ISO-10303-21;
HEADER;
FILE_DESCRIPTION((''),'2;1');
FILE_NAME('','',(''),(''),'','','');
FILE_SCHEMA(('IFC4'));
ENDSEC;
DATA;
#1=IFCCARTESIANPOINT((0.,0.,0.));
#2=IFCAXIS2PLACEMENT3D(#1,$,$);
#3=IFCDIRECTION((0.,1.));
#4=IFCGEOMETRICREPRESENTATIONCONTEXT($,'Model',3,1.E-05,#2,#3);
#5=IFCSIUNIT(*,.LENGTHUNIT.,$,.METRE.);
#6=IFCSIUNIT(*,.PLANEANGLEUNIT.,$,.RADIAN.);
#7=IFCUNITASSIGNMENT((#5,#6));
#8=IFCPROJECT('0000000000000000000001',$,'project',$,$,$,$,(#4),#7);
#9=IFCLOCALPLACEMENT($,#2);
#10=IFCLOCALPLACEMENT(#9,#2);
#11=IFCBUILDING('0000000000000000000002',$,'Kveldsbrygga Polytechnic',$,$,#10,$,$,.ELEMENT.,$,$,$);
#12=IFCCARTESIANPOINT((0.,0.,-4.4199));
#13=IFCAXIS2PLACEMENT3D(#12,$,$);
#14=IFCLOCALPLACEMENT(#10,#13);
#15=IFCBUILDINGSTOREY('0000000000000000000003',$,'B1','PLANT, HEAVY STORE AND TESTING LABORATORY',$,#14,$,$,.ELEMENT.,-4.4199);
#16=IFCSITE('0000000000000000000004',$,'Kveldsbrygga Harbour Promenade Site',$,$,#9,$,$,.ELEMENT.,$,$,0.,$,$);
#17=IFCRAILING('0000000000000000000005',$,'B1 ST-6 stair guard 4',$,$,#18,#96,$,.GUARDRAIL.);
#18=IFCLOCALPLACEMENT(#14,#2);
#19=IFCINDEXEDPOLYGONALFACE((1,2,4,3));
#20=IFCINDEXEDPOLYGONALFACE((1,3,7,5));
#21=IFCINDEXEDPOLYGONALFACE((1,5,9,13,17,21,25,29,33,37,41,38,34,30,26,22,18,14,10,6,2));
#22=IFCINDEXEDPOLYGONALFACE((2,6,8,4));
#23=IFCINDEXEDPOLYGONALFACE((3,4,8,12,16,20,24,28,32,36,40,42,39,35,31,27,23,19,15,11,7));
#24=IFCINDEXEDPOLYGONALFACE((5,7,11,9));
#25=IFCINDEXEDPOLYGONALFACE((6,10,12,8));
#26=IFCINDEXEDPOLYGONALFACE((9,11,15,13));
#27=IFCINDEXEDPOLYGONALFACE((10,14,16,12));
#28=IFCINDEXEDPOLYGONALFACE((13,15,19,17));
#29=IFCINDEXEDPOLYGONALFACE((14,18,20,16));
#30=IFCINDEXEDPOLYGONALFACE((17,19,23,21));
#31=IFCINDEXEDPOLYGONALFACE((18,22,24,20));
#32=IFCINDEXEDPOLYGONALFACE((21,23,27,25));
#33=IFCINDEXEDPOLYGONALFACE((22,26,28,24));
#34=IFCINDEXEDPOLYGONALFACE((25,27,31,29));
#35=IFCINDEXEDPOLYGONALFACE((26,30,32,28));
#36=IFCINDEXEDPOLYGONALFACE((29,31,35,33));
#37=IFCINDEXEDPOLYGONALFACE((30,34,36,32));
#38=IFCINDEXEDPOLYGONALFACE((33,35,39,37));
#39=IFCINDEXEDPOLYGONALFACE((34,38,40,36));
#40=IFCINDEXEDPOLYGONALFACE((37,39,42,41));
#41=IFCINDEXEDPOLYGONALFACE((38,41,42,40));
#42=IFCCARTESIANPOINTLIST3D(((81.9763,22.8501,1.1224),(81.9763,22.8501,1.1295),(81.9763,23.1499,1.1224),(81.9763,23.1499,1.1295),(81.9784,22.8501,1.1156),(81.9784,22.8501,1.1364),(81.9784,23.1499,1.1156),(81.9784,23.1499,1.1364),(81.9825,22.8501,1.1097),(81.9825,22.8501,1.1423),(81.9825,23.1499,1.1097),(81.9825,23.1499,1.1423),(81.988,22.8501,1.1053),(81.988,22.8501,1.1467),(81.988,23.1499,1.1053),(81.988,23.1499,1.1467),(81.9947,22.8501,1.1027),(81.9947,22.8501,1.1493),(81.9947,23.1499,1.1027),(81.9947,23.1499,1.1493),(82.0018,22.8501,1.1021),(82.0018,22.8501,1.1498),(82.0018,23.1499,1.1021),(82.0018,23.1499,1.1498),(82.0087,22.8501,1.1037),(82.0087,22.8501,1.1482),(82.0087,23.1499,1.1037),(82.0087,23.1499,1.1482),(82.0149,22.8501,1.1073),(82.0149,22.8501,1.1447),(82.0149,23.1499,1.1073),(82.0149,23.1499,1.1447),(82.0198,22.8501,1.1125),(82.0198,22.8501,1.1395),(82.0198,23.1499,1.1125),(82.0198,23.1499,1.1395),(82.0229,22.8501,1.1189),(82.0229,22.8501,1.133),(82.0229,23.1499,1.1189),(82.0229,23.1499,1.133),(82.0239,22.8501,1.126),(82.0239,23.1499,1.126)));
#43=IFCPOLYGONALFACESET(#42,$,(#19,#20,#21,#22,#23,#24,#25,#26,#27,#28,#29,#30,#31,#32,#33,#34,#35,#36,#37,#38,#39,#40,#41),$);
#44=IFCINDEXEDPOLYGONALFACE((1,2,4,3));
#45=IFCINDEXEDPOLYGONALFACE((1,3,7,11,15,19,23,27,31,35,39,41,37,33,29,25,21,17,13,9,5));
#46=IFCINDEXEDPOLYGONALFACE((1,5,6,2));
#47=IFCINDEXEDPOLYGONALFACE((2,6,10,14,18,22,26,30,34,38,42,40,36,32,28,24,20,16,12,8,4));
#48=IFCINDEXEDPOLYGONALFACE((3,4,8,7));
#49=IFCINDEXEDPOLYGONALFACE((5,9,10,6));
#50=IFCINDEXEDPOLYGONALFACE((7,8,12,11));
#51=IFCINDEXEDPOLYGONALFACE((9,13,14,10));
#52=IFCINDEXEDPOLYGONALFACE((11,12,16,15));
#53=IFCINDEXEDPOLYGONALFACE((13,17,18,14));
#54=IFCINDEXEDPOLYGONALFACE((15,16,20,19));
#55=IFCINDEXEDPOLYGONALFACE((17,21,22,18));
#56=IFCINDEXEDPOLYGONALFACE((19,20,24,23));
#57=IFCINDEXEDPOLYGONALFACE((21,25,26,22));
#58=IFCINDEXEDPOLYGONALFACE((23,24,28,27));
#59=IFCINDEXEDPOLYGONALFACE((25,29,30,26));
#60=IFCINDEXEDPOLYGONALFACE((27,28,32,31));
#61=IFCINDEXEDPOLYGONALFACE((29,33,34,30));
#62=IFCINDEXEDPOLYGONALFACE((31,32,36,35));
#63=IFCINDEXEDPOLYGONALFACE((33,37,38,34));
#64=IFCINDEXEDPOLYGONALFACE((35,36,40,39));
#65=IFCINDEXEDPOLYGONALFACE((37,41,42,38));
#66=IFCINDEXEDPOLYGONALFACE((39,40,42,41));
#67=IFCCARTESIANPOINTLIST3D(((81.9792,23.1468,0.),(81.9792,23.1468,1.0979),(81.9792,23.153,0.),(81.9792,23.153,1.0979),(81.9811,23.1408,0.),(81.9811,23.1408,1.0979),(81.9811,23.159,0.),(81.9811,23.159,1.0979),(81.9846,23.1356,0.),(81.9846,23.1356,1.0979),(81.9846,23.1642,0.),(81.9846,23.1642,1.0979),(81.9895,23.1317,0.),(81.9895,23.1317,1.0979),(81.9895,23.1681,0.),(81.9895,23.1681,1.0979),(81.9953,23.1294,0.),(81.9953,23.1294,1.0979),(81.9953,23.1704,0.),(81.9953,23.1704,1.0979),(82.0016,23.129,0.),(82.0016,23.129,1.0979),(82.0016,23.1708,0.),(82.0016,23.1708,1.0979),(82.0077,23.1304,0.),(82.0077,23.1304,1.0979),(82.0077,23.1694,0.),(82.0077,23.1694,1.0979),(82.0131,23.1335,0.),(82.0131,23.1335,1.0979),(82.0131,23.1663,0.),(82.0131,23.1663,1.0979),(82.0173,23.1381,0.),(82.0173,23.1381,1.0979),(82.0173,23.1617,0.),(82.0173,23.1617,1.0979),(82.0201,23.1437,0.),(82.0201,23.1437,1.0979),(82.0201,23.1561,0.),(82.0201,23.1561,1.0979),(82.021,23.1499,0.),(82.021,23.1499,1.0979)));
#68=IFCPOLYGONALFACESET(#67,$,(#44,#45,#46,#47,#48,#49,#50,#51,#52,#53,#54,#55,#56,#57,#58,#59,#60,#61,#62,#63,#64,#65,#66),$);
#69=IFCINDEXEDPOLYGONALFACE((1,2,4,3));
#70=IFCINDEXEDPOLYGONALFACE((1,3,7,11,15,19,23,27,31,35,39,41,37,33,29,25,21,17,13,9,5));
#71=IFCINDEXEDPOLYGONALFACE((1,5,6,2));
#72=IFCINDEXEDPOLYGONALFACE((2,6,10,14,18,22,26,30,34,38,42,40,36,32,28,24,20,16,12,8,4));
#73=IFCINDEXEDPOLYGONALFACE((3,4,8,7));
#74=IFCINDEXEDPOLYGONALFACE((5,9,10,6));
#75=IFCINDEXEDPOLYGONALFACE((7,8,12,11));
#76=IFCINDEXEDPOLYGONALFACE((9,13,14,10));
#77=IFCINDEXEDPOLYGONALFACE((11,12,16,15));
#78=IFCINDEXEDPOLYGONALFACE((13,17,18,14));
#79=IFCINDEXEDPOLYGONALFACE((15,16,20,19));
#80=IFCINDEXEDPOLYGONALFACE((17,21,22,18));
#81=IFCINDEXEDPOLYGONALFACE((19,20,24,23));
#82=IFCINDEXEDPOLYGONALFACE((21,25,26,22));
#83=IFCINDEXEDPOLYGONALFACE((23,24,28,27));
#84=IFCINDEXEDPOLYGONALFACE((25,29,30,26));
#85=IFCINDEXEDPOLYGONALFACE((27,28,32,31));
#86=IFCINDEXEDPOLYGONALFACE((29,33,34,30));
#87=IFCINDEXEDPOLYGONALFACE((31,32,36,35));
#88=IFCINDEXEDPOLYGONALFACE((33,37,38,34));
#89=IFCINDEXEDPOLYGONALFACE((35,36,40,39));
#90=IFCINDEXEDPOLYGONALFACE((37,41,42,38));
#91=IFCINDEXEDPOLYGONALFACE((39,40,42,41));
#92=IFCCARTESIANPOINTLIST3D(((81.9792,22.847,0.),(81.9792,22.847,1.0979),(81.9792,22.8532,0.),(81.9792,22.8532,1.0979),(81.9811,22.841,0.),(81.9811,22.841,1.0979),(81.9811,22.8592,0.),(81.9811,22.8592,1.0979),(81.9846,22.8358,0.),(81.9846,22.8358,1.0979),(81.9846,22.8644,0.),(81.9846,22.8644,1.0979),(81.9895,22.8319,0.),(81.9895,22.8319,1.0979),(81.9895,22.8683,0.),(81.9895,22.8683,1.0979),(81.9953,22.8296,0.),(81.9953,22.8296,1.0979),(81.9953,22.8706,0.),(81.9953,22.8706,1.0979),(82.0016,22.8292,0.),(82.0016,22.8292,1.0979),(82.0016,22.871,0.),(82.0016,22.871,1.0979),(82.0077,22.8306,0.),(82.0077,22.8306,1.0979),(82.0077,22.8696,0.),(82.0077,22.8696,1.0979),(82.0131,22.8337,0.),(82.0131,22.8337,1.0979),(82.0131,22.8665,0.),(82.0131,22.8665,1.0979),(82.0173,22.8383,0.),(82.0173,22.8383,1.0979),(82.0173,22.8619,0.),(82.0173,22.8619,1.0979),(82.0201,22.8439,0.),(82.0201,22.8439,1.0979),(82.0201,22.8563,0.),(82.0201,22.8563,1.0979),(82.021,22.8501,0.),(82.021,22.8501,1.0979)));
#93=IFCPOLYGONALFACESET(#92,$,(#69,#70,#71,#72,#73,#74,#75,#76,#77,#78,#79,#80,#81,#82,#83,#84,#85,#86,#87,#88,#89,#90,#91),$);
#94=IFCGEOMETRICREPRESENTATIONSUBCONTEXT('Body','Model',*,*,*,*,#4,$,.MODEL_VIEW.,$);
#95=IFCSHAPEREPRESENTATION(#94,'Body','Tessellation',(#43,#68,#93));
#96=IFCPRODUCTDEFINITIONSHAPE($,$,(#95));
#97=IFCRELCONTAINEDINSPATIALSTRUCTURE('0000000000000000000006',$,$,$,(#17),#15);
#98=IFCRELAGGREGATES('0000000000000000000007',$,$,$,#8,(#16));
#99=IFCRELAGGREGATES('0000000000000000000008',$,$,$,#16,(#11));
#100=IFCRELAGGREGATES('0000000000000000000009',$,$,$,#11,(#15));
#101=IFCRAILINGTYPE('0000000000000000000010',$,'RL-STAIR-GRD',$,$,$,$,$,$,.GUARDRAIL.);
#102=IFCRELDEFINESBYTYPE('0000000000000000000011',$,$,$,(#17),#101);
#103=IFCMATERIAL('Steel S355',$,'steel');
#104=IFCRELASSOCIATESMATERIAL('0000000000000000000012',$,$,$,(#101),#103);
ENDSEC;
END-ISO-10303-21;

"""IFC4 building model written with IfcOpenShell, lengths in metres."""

from ifc_helpers import new_model, si_unit, direction, frame, origin, origin_2d, place, context, subcontext, project, spatial, circle, extrude, material, type_object, element, save


model = new_model("IFC4")

# Units and contexts
model_context = context("Model", 3, precision=1e-05, world=origin(), true_north=direction((0.0, 1.0)))
body_context = subcontext(model_context, "Body", "Model", "MODEL_VIEW")
ifc_project = project(units=[si_unit("LENGTHUNIT", "METRE"), si_unit("PLANEANGLEUNIT", "RADIAN")], contexts=[model_context])

# Site, building, storey
site_placement = place(None, origin())
site = spatial("IfcSite", under=ifc_project, at=site_placement, Name="Kveldsbrygga Harbour Promenade Site", CompositionType="ELEMENT", RefElevation=0.0)
building_placement = place(site_placement, origin())
building = spatial("IfcBuilding", under=site, at=building_placement, Name="Kveldsbrygga Polytechnic", CompositionType="ELEMENT")
storey_placement = place(building_placement, frame((0.0, 0.0, -4.4199)))
storey = spatial("IfcBuildingStorey", under=building, at=storey_placement, Name="B1", Description="PLANT, HEAVY STORE AND TESTING LABORATORY", CompositionType="ELEMENT", Elevation=-4.4199)

# Railing
ifc_material_1 = material(Name="Steel S355", Category="steel")
railing_type_1 = type_object("IfcRailingType", Name="RL-STAIR-GRD", PredefinedType="GUARDRAIL", material=ifc_material_1)
railing_1_placement = place(storey_placement, frame((82.0, 23.1499, 0.0)))
element("IfcRailing", 1, at=railing_1_placement, inside=storey, type_object=railing_type_1, Name="B1 ST-6 stair guard 4", PredefinedType="GUARDRAIL", context=body_context, shape_type="SweptSolid", body=[
    extrude(circle(Radius=0.0239, at=origin_2d()), frame((0.0, 0.0, 1.126), z_axis=(0.0, -1.0, 0.0), x_axis=(1.0, 0.0, 0.0)), (0.0, 0.0, 1.0), 0.2998),
    extrude(circle(Radius=0.021, at=origin_2d()), origin(), (0.0, 0.0, 1.0), 1.0979),
    extrude(circle(Radius=0.021, at=origin_2d()), frame((0.0, -0.2998, 0.0)), (0.0, 0.0, 1.0), 1.0979),
])

save(model, "model.ifc")
